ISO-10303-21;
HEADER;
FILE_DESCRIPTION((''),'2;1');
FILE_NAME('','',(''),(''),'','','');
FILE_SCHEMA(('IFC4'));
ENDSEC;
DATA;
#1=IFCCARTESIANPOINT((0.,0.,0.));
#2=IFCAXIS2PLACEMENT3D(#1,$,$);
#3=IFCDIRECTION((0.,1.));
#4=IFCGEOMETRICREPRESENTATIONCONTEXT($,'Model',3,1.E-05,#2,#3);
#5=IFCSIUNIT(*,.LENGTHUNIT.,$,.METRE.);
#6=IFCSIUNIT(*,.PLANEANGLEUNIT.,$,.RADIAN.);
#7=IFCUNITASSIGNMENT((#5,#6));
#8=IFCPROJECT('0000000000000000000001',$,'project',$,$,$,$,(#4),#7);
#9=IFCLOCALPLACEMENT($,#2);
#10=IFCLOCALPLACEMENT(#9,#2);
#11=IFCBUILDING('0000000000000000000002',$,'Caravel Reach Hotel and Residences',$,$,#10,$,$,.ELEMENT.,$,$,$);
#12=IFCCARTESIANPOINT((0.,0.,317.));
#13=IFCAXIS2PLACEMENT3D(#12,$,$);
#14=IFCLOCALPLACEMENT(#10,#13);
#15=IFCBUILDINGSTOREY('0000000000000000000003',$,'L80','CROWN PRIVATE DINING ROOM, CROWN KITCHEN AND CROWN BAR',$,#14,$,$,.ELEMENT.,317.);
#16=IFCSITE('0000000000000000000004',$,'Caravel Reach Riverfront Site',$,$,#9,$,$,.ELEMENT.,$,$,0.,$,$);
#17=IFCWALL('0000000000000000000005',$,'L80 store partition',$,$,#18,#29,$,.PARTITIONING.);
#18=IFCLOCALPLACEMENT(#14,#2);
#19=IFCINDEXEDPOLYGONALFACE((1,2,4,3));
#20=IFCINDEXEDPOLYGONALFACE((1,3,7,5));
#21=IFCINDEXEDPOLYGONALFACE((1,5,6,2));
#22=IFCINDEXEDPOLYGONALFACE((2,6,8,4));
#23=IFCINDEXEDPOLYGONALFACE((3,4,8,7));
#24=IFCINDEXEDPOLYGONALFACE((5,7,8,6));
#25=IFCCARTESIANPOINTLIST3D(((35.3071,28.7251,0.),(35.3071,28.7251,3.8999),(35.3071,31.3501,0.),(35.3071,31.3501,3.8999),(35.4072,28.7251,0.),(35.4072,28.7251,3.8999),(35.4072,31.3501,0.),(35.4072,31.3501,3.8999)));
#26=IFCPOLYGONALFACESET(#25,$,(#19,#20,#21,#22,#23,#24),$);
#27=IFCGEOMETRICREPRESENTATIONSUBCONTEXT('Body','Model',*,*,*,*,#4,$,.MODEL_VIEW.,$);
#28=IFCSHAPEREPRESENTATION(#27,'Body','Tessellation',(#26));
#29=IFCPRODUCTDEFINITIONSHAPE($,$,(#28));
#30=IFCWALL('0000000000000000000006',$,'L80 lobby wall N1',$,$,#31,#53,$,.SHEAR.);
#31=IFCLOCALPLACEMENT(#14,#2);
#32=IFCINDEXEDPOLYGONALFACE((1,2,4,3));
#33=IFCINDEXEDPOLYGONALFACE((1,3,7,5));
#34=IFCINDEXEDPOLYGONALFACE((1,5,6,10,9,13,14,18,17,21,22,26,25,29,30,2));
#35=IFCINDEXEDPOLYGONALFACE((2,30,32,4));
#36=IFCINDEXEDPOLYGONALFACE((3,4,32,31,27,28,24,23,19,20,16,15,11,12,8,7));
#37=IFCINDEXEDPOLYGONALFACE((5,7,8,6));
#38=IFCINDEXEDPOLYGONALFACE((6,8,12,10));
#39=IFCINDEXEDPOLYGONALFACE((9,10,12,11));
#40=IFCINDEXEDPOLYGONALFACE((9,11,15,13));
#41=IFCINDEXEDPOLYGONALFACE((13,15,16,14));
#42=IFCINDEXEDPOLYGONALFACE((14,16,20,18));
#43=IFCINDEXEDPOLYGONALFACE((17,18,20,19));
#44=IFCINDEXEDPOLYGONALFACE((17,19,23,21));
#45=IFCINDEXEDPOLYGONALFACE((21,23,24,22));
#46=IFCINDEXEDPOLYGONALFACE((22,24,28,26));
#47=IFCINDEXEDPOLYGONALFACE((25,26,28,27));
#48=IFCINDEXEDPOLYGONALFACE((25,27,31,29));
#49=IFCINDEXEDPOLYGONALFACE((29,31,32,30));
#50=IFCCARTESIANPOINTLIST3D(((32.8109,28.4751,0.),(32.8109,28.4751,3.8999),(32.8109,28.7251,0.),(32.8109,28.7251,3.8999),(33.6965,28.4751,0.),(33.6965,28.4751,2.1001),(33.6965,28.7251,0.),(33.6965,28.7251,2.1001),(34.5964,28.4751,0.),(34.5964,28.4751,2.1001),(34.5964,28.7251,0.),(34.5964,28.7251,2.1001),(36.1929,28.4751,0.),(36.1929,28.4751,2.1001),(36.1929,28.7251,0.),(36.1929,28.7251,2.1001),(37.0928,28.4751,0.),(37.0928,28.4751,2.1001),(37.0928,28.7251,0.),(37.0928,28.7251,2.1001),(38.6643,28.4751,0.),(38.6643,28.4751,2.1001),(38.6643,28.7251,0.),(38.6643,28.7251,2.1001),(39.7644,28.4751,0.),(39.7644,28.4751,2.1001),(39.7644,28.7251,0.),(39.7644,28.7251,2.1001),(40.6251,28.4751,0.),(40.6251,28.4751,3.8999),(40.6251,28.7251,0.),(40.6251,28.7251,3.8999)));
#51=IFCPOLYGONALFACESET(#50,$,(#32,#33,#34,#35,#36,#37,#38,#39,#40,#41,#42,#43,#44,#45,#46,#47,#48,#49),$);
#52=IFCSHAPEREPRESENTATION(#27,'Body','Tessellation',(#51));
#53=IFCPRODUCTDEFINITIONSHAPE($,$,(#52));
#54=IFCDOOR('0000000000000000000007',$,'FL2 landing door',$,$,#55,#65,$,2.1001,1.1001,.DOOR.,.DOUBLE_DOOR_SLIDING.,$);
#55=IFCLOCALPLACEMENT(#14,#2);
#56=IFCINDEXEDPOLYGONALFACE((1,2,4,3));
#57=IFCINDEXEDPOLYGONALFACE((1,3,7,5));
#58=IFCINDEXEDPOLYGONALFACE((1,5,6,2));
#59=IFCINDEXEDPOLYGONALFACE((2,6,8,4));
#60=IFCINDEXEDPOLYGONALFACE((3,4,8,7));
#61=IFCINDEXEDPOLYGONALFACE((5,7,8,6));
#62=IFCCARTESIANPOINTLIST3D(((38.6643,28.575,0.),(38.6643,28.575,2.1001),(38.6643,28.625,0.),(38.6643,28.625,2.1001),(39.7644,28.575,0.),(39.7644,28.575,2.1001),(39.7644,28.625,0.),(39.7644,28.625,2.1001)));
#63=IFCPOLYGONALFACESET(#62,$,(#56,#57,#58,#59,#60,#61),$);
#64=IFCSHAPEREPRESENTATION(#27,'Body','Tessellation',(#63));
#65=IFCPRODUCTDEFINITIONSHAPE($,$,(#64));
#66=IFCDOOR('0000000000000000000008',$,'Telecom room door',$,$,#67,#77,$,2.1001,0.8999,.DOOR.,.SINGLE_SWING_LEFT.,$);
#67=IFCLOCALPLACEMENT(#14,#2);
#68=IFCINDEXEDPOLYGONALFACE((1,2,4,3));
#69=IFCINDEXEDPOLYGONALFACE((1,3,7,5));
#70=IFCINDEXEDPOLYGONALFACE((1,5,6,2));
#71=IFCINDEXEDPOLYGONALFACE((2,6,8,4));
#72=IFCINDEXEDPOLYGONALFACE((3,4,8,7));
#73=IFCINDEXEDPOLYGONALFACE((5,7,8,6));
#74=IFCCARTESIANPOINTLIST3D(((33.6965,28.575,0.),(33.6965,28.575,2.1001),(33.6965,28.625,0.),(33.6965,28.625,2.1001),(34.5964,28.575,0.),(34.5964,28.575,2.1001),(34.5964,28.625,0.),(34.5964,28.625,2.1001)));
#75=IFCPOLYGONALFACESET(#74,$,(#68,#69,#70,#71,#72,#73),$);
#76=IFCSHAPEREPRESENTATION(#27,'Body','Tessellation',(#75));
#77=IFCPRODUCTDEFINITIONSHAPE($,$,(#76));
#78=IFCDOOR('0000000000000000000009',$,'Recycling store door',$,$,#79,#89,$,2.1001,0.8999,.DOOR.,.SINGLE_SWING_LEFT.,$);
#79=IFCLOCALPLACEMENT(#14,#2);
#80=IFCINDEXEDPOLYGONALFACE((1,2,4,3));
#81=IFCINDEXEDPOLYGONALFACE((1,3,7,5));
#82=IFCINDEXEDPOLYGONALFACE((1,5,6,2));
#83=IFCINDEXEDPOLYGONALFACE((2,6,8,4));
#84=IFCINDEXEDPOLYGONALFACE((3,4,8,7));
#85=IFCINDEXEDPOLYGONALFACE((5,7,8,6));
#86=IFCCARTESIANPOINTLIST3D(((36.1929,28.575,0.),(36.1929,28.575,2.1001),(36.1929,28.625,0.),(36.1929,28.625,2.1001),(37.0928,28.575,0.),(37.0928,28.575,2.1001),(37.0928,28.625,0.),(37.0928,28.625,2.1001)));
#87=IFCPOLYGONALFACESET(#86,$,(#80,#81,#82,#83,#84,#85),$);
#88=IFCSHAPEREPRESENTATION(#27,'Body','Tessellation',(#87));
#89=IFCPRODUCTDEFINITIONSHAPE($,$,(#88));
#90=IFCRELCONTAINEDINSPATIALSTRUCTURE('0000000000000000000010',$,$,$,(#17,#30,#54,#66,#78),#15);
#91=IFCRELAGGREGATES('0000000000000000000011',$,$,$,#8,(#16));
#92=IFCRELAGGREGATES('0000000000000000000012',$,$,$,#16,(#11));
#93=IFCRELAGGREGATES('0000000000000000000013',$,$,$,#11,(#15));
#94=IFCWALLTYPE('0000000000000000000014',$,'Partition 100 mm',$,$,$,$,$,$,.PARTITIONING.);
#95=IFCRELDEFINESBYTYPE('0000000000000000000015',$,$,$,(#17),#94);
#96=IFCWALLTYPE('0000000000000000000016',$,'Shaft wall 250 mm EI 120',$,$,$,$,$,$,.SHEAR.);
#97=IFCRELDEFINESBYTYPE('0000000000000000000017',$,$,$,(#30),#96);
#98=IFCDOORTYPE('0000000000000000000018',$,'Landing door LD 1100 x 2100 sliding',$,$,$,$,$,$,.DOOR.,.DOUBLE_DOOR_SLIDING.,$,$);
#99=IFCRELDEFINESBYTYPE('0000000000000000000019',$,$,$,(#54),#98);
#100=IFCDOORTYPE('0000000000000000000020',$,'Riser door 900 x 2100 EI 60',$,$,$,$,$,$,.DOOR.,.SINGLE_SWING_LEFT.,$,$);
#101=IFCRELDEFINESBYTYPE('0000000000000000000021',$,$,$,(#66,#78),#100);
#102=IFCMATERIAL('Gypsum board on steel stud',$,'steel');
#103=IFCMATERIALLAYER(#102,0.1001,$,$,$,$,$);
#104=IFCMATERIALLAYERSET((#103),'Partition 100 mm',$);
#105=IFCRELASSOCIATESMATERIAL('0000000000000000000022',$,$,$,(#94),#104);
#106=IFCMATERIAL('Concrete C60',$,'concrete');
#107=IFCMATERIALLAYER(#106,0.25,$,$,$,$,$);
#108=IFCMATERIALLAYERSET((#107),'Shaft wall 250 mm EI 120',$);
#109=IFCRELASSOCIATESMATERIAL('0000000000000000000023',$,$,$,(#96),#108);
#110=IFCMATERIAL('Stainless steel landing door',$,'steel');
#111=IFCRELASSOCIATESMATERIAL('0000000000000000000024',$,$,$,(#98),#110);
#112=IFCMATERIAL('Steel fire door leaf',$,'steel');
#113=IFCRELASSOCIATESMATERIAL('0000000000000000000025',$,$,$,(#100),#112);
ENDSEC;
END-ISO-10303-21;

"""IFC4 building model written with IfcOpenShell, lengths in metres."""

from ifc_helpers import new_model, si_unit, direction, frame, frame_2d, origin, place, context, subcontext, project, spatial, rectangle, extrude, material, layer, layer_set, type_object, element, fill, save


model = new_model("IFC4")

# Units and contexts
model_context = context("Model", 3, precision=1e-05, world=origin(), true_north=direction((0.0, 1.0)))
body_context = subcontext(model_context, "Body", "Model", "MODEL_VIEW")
ifc_project = project(units=[si_unit("LENGTHUNIT", "METRE"), si_unit("PLANEANGLEUNIT", "RADIAN")], contexts=[model_context])

# Site, building, storey
site_placement = place(None, origin())
site = spatial("IfcSite", under=ifc_project, at=site_placement, Name="Caravel Reach Riverfront Site", CompositionType="ELEMENT", RefElevation=0.0)
building_placement = place(site_placement, origin())
building = spatial("IfcBuilding", under=site, at=building_placement, Name="Caravel Reach Hotel and Residences", CompositionType="ELEMENT")
storey_placement = place(building_placement, frame((0.0, 0.0, 317.0)))
storey = spatial("IfcBuildingStorey", under=building, at=storey_placement, Name="L80", Description="CROWN PRIVATE DINING ROOM, CROWN KITCHEN AND CROWN BAR", CompositionType="ELEMENT", Elevation=317.0)

# Wall
ifc_material_1 = material(Name="Gypsum board on steel stud", Category="steel")
ifc_layer_1 = layer(ifc_material_1, 0.1001)
ifc_layer_set_1 = layer_set([ifc_layer_1], Name="Partition 100 mm")
wall_type_1 = type_object("IfcWallType", Name="Partition 100 mm", PredefinedType="PARTITIONING", material=ifc_layer_set_1)
wall_1_placement = place(storey_placement, frame((35.3572, 28.7251, 0.0), z_axis=(0.0, 0.0, 1.0), x_axis=(0.0, 1.0, 0.0)))
element("IfcWall", 1, at=wall_1_placement, inside=storey, type_object=wall_type_1, Name="L80 store partition", PredefinedType="PARTITIONING", context=body_context, shape_type="SweptSolid", body=[
    extrude(rectangle(XDim=2.625, YDim=0.1001, at=frame_2d((1.3125, 0.0))), origin(), (0.0, 0.0, 1.0), 3.8999),
])

# Wall, openings, doors
ifc_material_2 = material(Name="Concrete C60", Category="concrete")
ifc_layer_2 = layer(ifc_material_2, 0.25)
ifc_layer_set_2 = layer_set([ifc_layer_2], Name="Shaft wall 250 mm EI 120")
wall_type_2 = type_object("IfcWallType", Name="Shaft wall 250 mm EI 120", PredefinedType="SHEAR", material=ifc_layer_set_2)
wall_2_placement = place(storey_placement, frame((32.8108, 28.6001, 0.0), z_axis=(0.0, 0.0, 1.0), x_axis=(1.0, 0.0, 0.0)))
wall_2 = element("IfcWall", 2, at=wall_2_placement, inside=storey, type_object=wall_type_2, Name="L80 lobby wall N1", PredefinedType="SHEAR", context=body_context, shape_type="SweptSolid", body=[
    extrude(rectangle(XDim=7.8142, YDim=0.25, at=frame_2d((3.9072, 0.0))), origin(), (0.0, 0.0, 1.0), 3.8999),
])
opening_1_placement = place(wall_2_placement, frame((5.8535, 0.0, 0.0)))
opening_1 = element("IfcOpeningElement", 3, at=opening_1_placement, cuts=wall_2, PredefinedType="OPENING", context=body_context, shape_type="SweptSolid", body=[
    extrude(rectangle(XDim=1.1001, YDim=2.1001, at=frame_2d((0.55, 1.05))), frame((0.0, 0.135, 0.0), z_axis=(0.0, -1.0, 0.0), x_axis=(1.0, 0.0, 0.0)), (0.0, 0.0, 1.0), 0.27),
])
opening_2_placement = place(wall_2_placement, frame((0.8857, 0.0, 0.0)))
opening_2 = element("IfcOpeningElement", 4, at=opening_2_placement, cuts=wall_2, PredefinedType="OPENING", context=body_context, shape_type="SweptSolid", body=[
    extrude(rectangle(XDim=0.8999, YDim=2.1001, at=frame_2d((0.45, 1.05))), frame((0.0, 0.135, 0.0), z_axis=(0.0, -1.0, 0.0), x_axis=(1.0, 0.0, 0.0)), (0.0, 0.0, 1.0), 0.27),
])
opening_3_placement = place(wall_2_placement, frame((3.3821, 0.0, 0.0)))
opening_3 = element("IfcOpeningElement", 5, at=opening_3_placement, cuts=wall_2, PredefinedType="OPENING", context=body_context, shape_type="SweptSolid", body=[
    extrude(rectangle(XDim=0.8999, YDim=2.1001, at=frame_2d((0.45, 1.05))), frame((0.0, 0.135, 0.0), z_axis=(0.0, -1.0, 0.0), x_axis=(1.0, 0.0, 0.0)), (0.0, 0.0, 1.0), 0.27),
])
ifc_material_3 = material(Name="Stainless steel landing door", Category="steel")
door_type_1 = type_object("IfcDoorType", Name="Landing door LD 1100 x 2100 sliding", OperationType="DOUBLE_DOOR_SLIDING", PredefinedType="DOOR", material=ifc_material_3)
door_1_placement = place(opening_1_placement, origin())
door_1 = element("IfcDoor", 6, at=door_1_placement, inside=storey, type_object=door_type_1, Name="FL2 landing door", OperationType="DOUBLE_DOOR_SLIDING", OverallHeight=2.1001, OverallWidth=1.1001, PredefinedType="DOOR", context=body_context, shape_type="SweptSolid", body=[
    extrude(rectangle(XDim=1.1001, YDim=2.1001, at=frame_2d((0.55, 1.05))), frame((0.0, 0.0249, 0.0), z_axis=(0.0, -1.0, 0.0), x_axis=(1.0, 0.0, 0.0)), (0.0, 0.0, 1.0), 0.05),
])
fill(opening_1, door_1)
ifc_material_4 = material(Name="Steel fire door leaf", Category="steel")
door_type_2 = type_object("IfcDoorType", Name="Riser door 900 x 2100 EI 60", OperationType="SINGLE_SWING_LEFT", PredefinedType="DOOR", material=ifc_material_4)
door_2_placement = place(opening_2_placement, origin())
door_2 = element("IfcDoor", 7, at=door_2_placement, inside=storey, type_object=door_type_2, Name="Telecom room door", OperationType="SINGLE_SWING_LEFT", OverallHeight=2.1001, OverallWidth=0.8999, PredefinedType="DOOR", context=body_context, shape_type="SweptSolid", body=[
    extrude(rectangle(XDim=0.8999, YDim=2.1001, at=frame_2d((0.45, 1.05))), frame((0.0, 0.0249, 0.0), z_axis=(0.0, -1.0, 0.0), x_axis=(1.0, 0.0, 0.0)), (0.0, 0.0, 1.0), 0.05),
])
fill(opening_2, door_2)
door_3_placement = place(opening_3_placement, origin())
door_3 = element("IfcDoor", 8, at=door_3_placement, inside=storey, type_object=door_type_2, Name="Recycling store door", OperationType="SINGLE_SWING_LEFT", OverallHeight=2.1001, OverallWidth=0.8999, PredefinedType="DOOR", context=body_context, shape_type="SweptSolid", body=[
    extrude(rectangle(XDim=0.8999, YDim=2.1001, at=frame_2d((0.45, 1.05))), frame((0.0, 0.0249, 0.0), z_axis=(0.0, -1.0, 0.0), x_axis=(1.0, 0.0, 0.0)), (0.0, 0.0, 1.0), 0.05),
])
fill(opening_3, door_3)

save(model, "model.ifc")
